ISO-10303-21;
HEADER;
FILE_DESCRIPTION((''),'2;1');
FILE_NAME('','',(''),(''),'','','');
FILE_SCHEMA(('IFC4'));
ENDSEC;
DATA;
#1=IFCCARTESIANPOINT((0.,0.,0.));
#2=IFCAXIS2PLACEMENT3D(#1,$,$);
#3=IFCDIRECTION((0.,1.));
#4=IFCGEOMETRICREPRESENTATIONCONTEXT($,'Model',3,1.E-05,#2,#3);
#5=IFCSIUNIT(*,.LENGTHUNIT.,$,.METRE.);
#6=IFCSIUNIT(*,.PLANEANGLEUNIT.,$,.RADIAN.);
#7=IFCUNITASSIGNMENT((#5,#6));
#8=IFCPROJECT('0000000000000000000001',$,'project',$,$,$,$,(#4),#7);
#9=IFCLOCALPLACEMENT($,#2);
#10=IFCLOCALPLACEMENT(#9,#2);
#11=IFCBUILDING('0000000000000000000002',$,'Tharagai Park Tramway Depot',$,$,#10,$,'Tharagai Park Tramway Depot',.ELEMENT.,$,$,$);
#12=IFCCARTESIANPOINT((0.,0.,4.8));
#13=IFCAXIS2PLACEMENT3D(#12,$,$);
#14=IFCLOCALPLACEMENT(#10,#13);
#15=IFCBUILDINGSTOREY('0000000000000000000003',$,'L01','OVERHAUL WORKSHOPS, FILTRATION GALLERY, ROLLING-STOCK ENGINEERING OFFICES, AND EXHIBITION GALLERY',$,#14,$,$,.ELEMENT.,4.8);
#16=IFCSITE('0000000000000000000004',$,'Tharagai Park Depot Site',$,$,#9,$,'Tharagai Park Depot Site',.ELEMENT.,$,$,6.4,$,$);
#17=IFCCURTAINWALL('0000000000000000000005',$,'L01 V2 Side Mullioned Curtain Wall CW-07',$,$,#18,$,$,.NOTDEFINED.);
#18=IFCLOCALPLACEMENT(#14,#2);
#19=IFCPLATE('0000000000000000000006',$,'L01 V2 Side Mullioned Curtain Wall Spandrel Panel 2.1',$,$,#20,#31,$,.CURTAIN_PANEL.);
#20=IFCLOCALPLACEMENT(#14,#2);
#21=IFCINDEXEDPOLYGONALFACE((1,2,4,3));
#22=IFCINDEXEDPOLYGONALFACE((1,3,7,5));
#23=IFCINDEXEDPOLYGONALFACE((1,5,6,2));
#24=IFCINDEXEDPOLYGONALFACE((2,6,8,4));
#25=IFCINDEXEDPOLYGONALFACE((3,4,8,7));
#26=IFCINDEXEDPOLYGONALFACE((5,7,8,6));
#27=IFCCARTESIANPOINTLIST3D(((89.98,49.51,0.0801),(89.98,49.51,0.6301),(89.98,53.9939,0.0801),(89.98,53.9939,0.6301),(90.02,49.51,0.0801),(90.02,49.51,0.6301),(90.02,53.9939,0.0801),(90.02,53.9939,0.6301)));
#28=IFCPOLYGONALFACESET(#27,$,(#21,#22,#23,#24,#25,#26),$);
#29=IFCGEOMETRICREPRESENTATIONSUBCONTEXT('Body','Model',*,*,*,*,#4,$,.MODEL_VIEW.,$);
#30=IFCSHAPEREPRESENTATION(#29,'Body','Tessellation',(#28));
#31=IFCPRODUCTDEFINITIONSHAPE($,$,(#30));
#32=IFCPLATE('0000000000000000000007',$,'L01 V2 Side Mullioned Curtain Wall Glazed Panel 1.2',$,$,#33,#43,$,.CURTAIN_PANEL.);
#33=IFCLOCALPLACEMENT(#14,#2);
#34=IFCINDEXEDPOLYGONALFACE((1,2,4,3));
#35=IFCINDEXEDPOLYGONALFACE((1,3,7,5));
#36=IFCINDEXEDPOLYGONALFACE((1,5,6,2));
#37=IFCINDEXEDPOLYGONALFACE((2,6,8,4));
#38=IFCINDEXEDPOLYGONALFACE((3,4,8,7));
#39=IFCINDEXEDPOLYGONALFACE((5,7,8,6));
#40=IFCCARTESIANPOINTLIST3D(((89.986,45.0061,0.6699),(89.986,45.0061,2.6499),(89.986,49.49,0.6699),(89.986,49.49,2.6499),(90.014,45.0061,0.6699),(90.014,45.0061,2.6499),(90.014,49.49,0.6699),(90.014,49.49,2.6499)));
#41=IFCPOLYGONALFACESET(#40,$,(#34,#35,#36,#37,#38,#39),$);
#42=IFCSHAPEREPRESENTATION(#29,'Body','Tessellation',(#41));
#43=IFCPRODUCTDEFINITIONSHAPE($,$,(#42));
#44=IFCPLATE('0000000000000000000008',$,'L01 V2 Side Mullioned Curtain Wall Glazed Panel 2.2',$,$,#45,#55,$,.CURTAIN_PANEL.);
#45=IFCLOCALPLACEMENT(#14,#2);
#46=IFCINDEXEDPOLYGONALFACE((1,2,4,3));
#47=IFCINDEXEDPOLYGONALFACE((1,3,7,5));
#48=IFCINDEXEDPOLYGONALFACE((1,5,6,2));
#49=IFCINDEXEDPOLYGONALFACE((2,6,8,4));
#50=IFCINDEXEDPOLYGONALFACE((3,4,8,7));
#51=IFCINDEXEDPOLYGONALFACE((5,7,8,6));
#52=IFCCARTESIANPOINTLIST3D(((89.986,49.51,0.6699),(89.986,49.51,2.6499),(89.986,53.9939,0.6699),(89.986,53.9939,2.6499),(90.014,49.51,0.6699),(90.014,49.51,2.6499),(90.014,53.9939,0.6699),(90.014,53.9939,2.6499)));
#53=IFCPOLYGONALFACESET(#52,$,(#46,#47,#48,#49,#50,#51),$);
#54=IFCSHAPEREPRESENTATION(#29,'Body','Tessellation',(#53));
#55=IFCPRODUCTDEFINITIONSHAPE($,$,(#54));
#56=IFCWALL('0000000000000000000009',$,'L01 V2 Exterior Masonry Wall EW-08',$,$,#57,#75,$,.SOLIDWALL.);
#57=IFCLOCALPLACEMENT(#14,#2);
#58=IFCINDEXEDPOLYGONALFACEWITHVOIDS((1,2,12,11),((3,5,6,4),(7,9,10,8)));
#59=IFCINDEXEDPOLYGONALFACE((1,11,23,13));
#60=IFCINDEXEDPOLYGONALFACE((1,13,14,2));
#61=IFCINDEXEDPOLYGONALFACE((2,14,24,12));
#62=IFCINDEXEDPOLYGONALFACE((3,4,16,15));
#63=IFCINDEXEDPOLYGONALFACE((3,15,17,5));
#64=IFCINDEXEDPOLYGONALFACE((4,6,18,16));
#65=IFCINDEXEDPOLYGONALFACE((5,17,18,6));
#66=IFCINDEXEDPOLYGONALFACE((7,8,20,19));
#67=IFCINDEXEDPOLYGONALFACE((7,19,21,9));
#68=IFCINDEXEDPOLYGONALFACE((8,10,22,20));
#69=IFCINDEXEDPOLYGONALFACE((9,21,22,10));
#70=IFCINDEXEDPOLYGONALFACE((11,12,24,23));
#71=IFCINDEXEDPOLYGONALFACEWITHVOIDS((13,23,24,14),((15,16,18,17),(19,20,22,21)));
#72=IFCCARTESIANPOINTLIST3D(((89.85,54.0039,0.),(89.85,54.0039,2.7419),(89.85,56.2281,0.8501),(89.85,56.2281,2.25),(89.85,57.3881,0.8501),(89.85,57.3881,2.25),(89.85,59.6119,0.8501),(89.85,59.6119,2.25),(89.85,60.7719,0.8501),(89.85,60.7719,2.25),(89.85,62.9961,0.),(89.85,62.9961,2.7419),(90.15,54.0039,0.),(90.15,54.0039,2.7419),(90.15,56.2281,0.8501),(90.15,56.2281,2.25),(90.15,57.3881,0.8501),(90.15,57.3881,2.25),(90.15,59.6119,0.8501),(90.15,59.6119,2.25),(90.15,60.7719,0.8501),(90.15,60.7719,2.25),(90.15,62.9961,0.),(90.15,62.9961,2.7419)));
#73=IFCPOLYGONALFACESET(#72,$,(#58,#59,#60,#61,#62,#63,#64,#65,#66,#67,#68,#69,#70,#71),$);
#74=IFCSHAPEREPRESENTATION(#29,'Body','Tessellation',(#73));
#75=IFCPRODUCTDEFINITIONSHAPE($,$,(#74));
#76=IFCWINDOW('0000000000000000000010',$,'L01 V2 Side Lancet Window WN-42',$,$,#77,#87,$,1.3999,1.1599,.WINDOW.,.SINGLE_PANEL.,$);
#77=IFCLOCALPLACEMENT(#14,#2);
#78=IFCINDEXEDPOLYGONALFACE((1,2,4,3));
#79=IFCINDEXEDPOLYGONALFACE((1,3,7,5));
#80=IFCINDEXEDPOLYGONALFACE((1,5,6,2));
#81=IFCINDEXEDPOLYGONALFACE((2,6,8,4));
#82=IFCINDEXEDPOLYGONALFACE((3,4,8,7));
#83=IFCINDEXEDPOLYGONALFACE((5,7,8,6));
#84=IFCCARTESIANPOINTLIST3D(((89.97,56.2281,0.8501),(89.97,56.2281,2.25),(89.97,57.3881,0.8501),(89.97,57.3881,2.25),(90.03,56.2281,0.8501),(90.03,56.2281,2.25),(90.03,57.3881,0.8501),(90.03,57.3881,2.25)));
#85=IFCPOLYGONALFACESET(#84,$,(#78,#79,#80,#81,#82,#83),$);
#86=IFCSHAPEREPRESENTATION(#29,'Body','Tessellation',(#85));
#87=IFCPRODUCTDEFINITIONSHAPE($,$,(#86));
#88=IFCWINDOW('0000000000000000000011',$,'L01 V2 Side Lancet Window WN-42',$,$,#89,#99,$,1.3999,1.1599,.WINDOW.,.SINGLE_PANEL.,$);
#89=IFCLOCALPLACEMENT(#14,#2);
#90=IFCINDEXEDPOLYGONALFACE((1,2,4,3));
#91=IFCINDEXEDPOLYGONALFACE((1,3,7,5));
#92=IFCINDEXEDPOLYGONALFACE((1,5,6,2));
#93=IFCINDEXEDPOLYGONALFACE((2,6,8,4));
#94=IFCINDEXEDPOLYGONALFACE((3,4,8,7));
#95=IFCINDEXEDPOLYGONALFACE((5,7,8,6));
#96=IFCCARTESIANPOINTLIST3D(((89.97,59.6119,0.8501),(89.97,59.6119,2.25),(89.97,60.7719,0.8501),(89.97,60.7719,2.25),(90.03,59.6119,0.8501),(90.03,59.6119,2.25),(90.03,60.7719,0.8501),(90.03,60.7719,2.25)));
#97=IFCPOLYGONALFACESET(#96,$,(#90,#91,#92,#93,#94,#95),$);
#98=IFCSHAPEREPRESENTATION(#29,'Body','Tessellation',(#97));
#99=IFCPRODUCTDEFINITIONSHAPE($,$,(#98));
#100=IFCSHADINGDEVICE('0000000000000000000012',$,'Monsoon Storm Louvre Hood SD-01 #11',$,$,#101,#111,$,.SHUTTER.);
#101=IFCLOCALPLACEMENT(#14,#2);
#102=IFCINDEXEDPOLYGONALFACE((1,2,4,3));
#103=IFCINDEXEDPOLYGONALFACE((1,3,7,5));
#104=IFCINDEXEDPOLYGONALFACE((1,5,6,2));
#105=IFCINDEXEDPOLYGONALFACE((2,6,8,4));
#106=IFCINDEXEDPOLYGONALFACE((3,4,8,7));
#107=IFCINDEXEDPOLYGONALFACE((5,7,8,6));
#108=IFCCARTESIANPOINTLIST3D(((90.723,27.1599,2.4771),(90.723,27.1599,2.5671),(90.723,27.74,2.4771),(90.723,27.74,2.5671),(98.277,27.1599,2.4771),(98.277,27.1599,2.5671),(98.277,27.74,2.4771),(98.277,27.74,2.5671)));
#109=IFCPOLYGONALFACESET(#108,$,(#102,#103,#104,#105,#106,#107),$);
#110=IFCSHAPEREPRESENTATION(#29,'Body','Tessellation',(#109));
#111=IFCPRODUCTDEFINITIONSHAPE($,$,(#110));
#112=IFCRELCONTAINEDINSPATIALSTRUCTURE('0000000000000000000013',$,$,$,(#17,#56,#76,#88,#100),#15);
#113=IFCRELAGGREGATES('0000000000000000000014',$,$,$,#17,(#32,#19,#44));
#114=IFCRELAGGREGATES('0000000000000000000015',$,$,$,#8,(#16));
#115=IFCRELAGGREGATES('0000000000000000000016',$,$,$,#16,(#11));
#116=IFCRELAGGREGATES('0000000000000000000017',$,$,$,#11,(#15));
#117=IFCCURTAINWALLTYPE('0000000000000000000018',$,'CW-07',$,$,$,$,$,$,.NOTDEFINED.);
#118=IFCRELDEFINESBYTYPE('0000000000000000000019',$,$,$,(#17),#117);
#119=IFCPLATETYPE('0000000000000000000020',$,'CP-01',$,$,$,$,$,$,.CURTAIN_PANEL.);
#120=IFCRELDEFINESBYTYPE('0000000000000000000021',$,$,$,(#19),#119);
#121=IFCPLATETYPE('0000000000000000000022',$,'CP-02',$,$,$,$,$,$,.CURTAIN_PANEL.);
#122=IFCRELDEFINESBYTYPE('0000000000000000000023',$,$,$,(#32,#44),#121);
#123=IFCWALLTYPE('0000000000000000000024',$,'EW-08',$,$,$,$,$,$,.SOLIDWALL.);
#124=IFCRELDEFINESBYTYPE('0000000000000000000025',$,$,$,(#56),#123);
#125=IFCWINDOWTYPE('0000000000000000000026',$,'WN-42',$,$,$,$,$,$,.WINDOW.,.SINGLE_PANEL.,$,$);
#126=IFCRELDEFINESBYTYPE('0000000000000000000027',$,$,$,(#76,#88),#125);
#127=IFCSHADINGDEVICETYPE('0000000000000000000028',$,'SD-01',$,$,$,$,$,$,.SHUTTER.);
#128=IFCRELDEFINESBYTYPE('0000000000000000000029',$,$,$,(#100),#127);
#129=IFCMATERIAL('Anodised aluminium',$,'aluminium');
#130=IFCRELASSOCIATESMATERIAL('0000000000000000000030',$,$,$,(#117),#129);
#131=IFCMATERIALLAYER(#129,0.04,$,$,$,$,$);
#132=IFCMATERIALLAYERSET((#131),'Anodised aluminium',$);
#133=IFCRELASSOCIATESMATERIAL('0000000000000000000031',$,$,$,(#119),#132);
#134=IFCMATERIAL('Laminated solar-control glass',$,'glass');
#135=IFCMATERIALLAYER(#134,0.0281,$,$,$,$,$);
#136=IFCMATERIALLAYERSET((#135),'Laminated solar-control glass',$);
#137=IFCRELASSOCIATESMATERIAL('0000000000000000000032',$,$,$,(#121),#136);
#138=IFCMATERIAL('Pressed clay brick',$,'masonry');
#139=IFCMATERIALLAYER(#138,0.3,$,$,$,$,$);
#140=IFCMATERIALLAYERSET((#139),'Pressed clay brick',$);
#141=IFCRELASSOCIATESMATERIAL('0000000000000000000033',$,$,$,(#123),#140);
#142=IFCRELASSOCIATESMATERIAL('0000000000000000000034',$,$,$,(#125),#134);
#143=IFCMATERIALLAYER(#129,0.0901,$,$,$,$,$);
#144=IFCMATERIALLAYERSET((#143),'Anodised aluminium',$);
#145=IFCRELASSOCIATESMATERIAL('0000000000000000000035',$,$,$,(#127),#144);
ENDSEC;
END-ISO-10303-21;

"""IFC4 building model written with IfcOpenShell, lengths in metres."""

from ifc_helpers import new_model, si_unit, direction, frame, frame_2d, origin, origin_2d, place, context, subcontext, project, spatial, rectangle, extrude, material, layer, layer_set, type_object, element, fill, aggregate, save


model = new_model("IFC4")

# Units and contexts
model_context = context("Model", 3, precision=1e-05, world=origin(), true_north=direction((0.0, 1.0)))
body_context = subcontext(model_context, "Body", "Model", "MODEL_VIEW")
ifc_project = project(units=[si_unit("LENGTHUNIT", "METRE"), si_unit("PLANEANGLEUNIT", "RADIAN")], contexts=[model_context])

# Site, building, storey
site_placement = place(None, origin())
site = spatial("IfcSite", under=ifc_project, at=site_placement, Name="Tharagai Park Depot Site", LongName="Tharagai Park Depot Site", CompositionType="ELEMENT", RefElevation=6.4)
building_placement = place(site_placement, origin())
building = spatial("IfcBuilding", under=site, at=building_placement, Name="Tharagai Park Tramway Depot", LongName="Tharagai Park Tramway Depot", CompositionType="ELEMENT")
storey_placement = place(building_placement, frame((0.0, 0.0, 4.8)))
storey = spatial("IfcBuildingStorey", under=building, at=storey_placement, Name="L01", Description="OVERHAUL WORKSHOPS, FILTRATION GALLERY, ROLLING-STOCK ENGINEERING OFFICES, AND EXHIBITION GALLERY", CompositionType="ELEMENT", Elevation=4.8)

# Curtain wall
ifc_material_1 = material(Name="Anodised aluminium", Category="aluminium")
curtain_wall_type = type_object("IfcCurtainWallType", Name="CW-07", PredefinedType="NOTDEFINED", material=ifc_material_1)
curtain_wall_1_placement = place(storey_placement, origin())
curtain_wall_1 = element("IfcCurtainWall", 1, at=curtain_wall_1_placement, inside=storey, type_object=curtain_wall_type, Name="L01 V2 Side Mullioned Curtain Wall CW-07", PredefinedType="NOTDEFINED")

# Plates
ifc_layer_1 = layer(ifc_material_1, 0.04)
ifc_layer_set_1 = layer_set([ifc_layer_1], Name="Anodised aluminium")
plate_type_1 = type_object("IfcPlateType", Name="CP-01", PredefinedType="CURTAIN_PANEL", material=ifc_layer_set_1)
plate_1_placement = place(storey_placement, frame((90.0, 51.752, 0.0801), z_axis=(0.0, 0.0, 1.0), x_axis=(0.0, 1.0, 0.0)))
plate_1 = element("IfcPlate", 2, at=plate_1_placement, type_object=plate_type_1, Name="L01 V2 Side Mullioned Curtain Wall Spandrel Panel 2.1", PredefinedType="CURTAIN_PANEL", context=body_context, shape_type="SweptSolid", body=[
    extrude(rectangle(XDim=4.4839, YDim=0.04, at=origin_2d()), origin(), (0.0, 0.0, 1.0), 0.55),
])
ifc_material_2 = material(Name="Laminated solar-control glass", Category="glass")
ifc_layer_2 = layer(ifc_material_2, 0.0281)
ifc_layer_set_2 = layer_set([ifc_layer_2], Name="Laminated solar-control glass")
plate_type_2 = type_object("IfcPlateType", Name="CP-02", PredefinedType="CURTAIN_PANEL", material=ifc_layer_set_2)
plate_2_placement = place(storey_placement, frame((90.0, 47.248, 0.6699), z_axis=(0.0, 0.0, 1.0), x_axis=(0.0, 1.0, 0.0)))
plate_2 = element("IfcPlate", 3, at=plate_2_placement, type_object=plate_type_2, Name="L01 V2 Side Mullioned Curtain Wall Glazed Panel 1.2", PredefinedType="CURTAIN_PANEL", context=body_context, shape_type="SweptSolid", body=[
    extrude(rectangle(XDim=4.4839, YDim=0.0281, at=origin_2d()), origin(), (0.0, 0.0, 1.0), 1.98),
])
plate_3_placement = place(storey_placement, frame((90.0, 51.752, 0.6699), z_axis=(0.0, 0.0, 1.0), x_axis=(0.0, 1.0, 0.0)))
plate_3 = element("IfcPlate", 4, at=plate_3_placement, type_object=plate_type_2, Name="L01 V2 Side Mullioned Curtain Wall Glazed Panel 2.2", PredefinedType="CURTAIN_PANEL", context=body_context, shape_type="SweptSolid", body=[
    extrude(rectangle(XDim=4.4839, YDim=0.0281, at=origin_2d()), origin(), (0.0, 0.0, 1.0), 1.98),
])
aggregate(curtain_wall_1, [plate_2, plate_1, plate_3])

# Wall, openings, windows
ifc_material_3 = material(Name="Pressed clay brick", Category="masonry")
ifc_layer_3 = layer(ifc_material_3, 0.3)
ifc_layer_set_3 = layer_set([ifc_layer_3], Name="Pressed clay brick")
wall_type = type_object("IfcWallType", Name="EW-08", PredefinedType="SOLIDWALL", material=ifc_layer_set_3)
wall_placement = place(storey_placement, frame((90.0, 54.0039, 0.0), z_axis=(0.0, 0.0, 1.0), x_axis=(0.0, 1.0, 0.0)))
wall = element("IfcWall", 5, at=wall_placement, inside=storey, type_object=wall_type, Name="L01 V2 Exterior Masonry Wall EW-08", PredefinedType="SOLIDWALL", context=body_context, shape_type="SweptSolid", body=[
    extrude(rectangle(XDim=8.9922, YDim=0.3, at=frame_2d((4.4961, 0.0))), origin(), (0.0, 0.0, 1.0), 2.7419),
])
opening_1_placement = place(wall_placement, frame((2.2241, 0.0, 0.8501)))
opening_1 = element("IfcOpeningElement", 6, at=opening_1_placement, cuts=wall, PredefinedType="OPENING", context=body_context, shape_type="SweptSolid", body=[
    extrude(rectangle(XDim=1.1599, YDim=1.3999, at=frame_2d((0.5801, 0.7))), frame((0.0, 0.1599, 0.0), z_axis=(0.0, -1.0, 0.0), x_axis=(1.0, 0.0, 0.0)), (0.0, 0.0, 1.0), 0.3201),
])
opening_2_placement = place(wall_placement, frame((5.6079, 0.0, 0.8501)))
opening_2 = element("IfcOpeningElement", 7, at=opening_2_placement, cuts=wall, PredefinedType="OPENING", context=body_context, shape_type="SweptSolid", body=[
    extrude(rectangle(XDim=1.1599, YDim=1.3999, at=frame_2d((0.5801, 0.7))), frame((0.0, 0.1599, 0.0), z_axis=(0.0, -1.0, 0.0), x_axis=(1.0, 0.0, 0.0)), (0.0, 0.0, 1.0), 0.3201),
])
window_type = type_object("IfcWindowType", Name="WN-42", PartitioningType="SINGLE_PANEL", PredefinedType="WINDOW", material=ifc_material_2)
window_1_placement = place(opening_1_placement, origin())
window_1 = element("IfcWindow", 8, at=window_1_placement, inside=storey, type_object=window_type, Name="L01 V2 Side Lancet Window WN-42", OverallHeight=1.3999, OverallWidth=1.1599, PartitioningType="SINGLE_PANEL", PredefinedType="WINDOW", context=body_context, shape_type="SweptSolid", body=[
    extrude(rectangle(XDim=1.1599, YDim=1.3999, at=frame_2d((0.5801, 0.7))), frame((0.0, 0.03, 0.0), z_axis=(0.0, -1.0, 0.0), x_axis=(1.0, 0.0, 0.0)), (0.0, 0.0, 1.0), 0.0601),
])
fill(opening_1, window_1)
window_2_placement = place(opening_2_placement, origin())
window_2 = element("IfcWindow", 9, at=window_2_placement, inside=storey, type_object=window_type, Name="L01 V2 Side Lancet Window WN-42", OverallHeight=1.3999, OverallWidth=1.1599, PartitioningType="SINGLE_PANEL", PredefinedType="WINDOW", context=body_context, shape_type="SweptSolid", body=[
    extrude(rectangle(XDim=1.1599, YDim=1.3999, at=frame_2d((0.5801, 0.7))), frame((0.0, 0.03, 0.0), z_axis=(0.0, -1.0, 0.0), x_axis=(1.0, 0.0, 0.0)), (0.0, 0.0, 1.0), 0.0601),
])
fill(opening_2, window_2)

# Shading device
ifc_layer_4 = layer(ifc_material_1, 0.0901)
ifc_layer_set_4 = layer_set([ifc_layer_4], Name="Anodised aluminium")
shading_device_type = type_object("IfcShadingDeviceType", Name="SD-01", PredefinedType="SHUTTER", material=ifc_layer_set_4)
shading_device_placement = place(storey_placement, frame((94.5, 27.45, 2.4771), z_axis=(0.0, 0.0, 1.0), x_axis=(1.0, 0.0, 0.0)))
element("IfcShadingDevice", 10, at=shading_device_placement, inside=storey, type_object=shading_device_type, Name="Monsoon Storm Louvre Hood SD-01 #11", PredefinedType="SHUTTER", context=body_context, shape_type="SweptSolid", body=[
    extrude(rectangle(XDim=7.554, YDim=0.5801, at=origin_2d()), origin(), (0.0, 0.0, 1.0), 0.0901),
])

save(model, "model.ifc")
